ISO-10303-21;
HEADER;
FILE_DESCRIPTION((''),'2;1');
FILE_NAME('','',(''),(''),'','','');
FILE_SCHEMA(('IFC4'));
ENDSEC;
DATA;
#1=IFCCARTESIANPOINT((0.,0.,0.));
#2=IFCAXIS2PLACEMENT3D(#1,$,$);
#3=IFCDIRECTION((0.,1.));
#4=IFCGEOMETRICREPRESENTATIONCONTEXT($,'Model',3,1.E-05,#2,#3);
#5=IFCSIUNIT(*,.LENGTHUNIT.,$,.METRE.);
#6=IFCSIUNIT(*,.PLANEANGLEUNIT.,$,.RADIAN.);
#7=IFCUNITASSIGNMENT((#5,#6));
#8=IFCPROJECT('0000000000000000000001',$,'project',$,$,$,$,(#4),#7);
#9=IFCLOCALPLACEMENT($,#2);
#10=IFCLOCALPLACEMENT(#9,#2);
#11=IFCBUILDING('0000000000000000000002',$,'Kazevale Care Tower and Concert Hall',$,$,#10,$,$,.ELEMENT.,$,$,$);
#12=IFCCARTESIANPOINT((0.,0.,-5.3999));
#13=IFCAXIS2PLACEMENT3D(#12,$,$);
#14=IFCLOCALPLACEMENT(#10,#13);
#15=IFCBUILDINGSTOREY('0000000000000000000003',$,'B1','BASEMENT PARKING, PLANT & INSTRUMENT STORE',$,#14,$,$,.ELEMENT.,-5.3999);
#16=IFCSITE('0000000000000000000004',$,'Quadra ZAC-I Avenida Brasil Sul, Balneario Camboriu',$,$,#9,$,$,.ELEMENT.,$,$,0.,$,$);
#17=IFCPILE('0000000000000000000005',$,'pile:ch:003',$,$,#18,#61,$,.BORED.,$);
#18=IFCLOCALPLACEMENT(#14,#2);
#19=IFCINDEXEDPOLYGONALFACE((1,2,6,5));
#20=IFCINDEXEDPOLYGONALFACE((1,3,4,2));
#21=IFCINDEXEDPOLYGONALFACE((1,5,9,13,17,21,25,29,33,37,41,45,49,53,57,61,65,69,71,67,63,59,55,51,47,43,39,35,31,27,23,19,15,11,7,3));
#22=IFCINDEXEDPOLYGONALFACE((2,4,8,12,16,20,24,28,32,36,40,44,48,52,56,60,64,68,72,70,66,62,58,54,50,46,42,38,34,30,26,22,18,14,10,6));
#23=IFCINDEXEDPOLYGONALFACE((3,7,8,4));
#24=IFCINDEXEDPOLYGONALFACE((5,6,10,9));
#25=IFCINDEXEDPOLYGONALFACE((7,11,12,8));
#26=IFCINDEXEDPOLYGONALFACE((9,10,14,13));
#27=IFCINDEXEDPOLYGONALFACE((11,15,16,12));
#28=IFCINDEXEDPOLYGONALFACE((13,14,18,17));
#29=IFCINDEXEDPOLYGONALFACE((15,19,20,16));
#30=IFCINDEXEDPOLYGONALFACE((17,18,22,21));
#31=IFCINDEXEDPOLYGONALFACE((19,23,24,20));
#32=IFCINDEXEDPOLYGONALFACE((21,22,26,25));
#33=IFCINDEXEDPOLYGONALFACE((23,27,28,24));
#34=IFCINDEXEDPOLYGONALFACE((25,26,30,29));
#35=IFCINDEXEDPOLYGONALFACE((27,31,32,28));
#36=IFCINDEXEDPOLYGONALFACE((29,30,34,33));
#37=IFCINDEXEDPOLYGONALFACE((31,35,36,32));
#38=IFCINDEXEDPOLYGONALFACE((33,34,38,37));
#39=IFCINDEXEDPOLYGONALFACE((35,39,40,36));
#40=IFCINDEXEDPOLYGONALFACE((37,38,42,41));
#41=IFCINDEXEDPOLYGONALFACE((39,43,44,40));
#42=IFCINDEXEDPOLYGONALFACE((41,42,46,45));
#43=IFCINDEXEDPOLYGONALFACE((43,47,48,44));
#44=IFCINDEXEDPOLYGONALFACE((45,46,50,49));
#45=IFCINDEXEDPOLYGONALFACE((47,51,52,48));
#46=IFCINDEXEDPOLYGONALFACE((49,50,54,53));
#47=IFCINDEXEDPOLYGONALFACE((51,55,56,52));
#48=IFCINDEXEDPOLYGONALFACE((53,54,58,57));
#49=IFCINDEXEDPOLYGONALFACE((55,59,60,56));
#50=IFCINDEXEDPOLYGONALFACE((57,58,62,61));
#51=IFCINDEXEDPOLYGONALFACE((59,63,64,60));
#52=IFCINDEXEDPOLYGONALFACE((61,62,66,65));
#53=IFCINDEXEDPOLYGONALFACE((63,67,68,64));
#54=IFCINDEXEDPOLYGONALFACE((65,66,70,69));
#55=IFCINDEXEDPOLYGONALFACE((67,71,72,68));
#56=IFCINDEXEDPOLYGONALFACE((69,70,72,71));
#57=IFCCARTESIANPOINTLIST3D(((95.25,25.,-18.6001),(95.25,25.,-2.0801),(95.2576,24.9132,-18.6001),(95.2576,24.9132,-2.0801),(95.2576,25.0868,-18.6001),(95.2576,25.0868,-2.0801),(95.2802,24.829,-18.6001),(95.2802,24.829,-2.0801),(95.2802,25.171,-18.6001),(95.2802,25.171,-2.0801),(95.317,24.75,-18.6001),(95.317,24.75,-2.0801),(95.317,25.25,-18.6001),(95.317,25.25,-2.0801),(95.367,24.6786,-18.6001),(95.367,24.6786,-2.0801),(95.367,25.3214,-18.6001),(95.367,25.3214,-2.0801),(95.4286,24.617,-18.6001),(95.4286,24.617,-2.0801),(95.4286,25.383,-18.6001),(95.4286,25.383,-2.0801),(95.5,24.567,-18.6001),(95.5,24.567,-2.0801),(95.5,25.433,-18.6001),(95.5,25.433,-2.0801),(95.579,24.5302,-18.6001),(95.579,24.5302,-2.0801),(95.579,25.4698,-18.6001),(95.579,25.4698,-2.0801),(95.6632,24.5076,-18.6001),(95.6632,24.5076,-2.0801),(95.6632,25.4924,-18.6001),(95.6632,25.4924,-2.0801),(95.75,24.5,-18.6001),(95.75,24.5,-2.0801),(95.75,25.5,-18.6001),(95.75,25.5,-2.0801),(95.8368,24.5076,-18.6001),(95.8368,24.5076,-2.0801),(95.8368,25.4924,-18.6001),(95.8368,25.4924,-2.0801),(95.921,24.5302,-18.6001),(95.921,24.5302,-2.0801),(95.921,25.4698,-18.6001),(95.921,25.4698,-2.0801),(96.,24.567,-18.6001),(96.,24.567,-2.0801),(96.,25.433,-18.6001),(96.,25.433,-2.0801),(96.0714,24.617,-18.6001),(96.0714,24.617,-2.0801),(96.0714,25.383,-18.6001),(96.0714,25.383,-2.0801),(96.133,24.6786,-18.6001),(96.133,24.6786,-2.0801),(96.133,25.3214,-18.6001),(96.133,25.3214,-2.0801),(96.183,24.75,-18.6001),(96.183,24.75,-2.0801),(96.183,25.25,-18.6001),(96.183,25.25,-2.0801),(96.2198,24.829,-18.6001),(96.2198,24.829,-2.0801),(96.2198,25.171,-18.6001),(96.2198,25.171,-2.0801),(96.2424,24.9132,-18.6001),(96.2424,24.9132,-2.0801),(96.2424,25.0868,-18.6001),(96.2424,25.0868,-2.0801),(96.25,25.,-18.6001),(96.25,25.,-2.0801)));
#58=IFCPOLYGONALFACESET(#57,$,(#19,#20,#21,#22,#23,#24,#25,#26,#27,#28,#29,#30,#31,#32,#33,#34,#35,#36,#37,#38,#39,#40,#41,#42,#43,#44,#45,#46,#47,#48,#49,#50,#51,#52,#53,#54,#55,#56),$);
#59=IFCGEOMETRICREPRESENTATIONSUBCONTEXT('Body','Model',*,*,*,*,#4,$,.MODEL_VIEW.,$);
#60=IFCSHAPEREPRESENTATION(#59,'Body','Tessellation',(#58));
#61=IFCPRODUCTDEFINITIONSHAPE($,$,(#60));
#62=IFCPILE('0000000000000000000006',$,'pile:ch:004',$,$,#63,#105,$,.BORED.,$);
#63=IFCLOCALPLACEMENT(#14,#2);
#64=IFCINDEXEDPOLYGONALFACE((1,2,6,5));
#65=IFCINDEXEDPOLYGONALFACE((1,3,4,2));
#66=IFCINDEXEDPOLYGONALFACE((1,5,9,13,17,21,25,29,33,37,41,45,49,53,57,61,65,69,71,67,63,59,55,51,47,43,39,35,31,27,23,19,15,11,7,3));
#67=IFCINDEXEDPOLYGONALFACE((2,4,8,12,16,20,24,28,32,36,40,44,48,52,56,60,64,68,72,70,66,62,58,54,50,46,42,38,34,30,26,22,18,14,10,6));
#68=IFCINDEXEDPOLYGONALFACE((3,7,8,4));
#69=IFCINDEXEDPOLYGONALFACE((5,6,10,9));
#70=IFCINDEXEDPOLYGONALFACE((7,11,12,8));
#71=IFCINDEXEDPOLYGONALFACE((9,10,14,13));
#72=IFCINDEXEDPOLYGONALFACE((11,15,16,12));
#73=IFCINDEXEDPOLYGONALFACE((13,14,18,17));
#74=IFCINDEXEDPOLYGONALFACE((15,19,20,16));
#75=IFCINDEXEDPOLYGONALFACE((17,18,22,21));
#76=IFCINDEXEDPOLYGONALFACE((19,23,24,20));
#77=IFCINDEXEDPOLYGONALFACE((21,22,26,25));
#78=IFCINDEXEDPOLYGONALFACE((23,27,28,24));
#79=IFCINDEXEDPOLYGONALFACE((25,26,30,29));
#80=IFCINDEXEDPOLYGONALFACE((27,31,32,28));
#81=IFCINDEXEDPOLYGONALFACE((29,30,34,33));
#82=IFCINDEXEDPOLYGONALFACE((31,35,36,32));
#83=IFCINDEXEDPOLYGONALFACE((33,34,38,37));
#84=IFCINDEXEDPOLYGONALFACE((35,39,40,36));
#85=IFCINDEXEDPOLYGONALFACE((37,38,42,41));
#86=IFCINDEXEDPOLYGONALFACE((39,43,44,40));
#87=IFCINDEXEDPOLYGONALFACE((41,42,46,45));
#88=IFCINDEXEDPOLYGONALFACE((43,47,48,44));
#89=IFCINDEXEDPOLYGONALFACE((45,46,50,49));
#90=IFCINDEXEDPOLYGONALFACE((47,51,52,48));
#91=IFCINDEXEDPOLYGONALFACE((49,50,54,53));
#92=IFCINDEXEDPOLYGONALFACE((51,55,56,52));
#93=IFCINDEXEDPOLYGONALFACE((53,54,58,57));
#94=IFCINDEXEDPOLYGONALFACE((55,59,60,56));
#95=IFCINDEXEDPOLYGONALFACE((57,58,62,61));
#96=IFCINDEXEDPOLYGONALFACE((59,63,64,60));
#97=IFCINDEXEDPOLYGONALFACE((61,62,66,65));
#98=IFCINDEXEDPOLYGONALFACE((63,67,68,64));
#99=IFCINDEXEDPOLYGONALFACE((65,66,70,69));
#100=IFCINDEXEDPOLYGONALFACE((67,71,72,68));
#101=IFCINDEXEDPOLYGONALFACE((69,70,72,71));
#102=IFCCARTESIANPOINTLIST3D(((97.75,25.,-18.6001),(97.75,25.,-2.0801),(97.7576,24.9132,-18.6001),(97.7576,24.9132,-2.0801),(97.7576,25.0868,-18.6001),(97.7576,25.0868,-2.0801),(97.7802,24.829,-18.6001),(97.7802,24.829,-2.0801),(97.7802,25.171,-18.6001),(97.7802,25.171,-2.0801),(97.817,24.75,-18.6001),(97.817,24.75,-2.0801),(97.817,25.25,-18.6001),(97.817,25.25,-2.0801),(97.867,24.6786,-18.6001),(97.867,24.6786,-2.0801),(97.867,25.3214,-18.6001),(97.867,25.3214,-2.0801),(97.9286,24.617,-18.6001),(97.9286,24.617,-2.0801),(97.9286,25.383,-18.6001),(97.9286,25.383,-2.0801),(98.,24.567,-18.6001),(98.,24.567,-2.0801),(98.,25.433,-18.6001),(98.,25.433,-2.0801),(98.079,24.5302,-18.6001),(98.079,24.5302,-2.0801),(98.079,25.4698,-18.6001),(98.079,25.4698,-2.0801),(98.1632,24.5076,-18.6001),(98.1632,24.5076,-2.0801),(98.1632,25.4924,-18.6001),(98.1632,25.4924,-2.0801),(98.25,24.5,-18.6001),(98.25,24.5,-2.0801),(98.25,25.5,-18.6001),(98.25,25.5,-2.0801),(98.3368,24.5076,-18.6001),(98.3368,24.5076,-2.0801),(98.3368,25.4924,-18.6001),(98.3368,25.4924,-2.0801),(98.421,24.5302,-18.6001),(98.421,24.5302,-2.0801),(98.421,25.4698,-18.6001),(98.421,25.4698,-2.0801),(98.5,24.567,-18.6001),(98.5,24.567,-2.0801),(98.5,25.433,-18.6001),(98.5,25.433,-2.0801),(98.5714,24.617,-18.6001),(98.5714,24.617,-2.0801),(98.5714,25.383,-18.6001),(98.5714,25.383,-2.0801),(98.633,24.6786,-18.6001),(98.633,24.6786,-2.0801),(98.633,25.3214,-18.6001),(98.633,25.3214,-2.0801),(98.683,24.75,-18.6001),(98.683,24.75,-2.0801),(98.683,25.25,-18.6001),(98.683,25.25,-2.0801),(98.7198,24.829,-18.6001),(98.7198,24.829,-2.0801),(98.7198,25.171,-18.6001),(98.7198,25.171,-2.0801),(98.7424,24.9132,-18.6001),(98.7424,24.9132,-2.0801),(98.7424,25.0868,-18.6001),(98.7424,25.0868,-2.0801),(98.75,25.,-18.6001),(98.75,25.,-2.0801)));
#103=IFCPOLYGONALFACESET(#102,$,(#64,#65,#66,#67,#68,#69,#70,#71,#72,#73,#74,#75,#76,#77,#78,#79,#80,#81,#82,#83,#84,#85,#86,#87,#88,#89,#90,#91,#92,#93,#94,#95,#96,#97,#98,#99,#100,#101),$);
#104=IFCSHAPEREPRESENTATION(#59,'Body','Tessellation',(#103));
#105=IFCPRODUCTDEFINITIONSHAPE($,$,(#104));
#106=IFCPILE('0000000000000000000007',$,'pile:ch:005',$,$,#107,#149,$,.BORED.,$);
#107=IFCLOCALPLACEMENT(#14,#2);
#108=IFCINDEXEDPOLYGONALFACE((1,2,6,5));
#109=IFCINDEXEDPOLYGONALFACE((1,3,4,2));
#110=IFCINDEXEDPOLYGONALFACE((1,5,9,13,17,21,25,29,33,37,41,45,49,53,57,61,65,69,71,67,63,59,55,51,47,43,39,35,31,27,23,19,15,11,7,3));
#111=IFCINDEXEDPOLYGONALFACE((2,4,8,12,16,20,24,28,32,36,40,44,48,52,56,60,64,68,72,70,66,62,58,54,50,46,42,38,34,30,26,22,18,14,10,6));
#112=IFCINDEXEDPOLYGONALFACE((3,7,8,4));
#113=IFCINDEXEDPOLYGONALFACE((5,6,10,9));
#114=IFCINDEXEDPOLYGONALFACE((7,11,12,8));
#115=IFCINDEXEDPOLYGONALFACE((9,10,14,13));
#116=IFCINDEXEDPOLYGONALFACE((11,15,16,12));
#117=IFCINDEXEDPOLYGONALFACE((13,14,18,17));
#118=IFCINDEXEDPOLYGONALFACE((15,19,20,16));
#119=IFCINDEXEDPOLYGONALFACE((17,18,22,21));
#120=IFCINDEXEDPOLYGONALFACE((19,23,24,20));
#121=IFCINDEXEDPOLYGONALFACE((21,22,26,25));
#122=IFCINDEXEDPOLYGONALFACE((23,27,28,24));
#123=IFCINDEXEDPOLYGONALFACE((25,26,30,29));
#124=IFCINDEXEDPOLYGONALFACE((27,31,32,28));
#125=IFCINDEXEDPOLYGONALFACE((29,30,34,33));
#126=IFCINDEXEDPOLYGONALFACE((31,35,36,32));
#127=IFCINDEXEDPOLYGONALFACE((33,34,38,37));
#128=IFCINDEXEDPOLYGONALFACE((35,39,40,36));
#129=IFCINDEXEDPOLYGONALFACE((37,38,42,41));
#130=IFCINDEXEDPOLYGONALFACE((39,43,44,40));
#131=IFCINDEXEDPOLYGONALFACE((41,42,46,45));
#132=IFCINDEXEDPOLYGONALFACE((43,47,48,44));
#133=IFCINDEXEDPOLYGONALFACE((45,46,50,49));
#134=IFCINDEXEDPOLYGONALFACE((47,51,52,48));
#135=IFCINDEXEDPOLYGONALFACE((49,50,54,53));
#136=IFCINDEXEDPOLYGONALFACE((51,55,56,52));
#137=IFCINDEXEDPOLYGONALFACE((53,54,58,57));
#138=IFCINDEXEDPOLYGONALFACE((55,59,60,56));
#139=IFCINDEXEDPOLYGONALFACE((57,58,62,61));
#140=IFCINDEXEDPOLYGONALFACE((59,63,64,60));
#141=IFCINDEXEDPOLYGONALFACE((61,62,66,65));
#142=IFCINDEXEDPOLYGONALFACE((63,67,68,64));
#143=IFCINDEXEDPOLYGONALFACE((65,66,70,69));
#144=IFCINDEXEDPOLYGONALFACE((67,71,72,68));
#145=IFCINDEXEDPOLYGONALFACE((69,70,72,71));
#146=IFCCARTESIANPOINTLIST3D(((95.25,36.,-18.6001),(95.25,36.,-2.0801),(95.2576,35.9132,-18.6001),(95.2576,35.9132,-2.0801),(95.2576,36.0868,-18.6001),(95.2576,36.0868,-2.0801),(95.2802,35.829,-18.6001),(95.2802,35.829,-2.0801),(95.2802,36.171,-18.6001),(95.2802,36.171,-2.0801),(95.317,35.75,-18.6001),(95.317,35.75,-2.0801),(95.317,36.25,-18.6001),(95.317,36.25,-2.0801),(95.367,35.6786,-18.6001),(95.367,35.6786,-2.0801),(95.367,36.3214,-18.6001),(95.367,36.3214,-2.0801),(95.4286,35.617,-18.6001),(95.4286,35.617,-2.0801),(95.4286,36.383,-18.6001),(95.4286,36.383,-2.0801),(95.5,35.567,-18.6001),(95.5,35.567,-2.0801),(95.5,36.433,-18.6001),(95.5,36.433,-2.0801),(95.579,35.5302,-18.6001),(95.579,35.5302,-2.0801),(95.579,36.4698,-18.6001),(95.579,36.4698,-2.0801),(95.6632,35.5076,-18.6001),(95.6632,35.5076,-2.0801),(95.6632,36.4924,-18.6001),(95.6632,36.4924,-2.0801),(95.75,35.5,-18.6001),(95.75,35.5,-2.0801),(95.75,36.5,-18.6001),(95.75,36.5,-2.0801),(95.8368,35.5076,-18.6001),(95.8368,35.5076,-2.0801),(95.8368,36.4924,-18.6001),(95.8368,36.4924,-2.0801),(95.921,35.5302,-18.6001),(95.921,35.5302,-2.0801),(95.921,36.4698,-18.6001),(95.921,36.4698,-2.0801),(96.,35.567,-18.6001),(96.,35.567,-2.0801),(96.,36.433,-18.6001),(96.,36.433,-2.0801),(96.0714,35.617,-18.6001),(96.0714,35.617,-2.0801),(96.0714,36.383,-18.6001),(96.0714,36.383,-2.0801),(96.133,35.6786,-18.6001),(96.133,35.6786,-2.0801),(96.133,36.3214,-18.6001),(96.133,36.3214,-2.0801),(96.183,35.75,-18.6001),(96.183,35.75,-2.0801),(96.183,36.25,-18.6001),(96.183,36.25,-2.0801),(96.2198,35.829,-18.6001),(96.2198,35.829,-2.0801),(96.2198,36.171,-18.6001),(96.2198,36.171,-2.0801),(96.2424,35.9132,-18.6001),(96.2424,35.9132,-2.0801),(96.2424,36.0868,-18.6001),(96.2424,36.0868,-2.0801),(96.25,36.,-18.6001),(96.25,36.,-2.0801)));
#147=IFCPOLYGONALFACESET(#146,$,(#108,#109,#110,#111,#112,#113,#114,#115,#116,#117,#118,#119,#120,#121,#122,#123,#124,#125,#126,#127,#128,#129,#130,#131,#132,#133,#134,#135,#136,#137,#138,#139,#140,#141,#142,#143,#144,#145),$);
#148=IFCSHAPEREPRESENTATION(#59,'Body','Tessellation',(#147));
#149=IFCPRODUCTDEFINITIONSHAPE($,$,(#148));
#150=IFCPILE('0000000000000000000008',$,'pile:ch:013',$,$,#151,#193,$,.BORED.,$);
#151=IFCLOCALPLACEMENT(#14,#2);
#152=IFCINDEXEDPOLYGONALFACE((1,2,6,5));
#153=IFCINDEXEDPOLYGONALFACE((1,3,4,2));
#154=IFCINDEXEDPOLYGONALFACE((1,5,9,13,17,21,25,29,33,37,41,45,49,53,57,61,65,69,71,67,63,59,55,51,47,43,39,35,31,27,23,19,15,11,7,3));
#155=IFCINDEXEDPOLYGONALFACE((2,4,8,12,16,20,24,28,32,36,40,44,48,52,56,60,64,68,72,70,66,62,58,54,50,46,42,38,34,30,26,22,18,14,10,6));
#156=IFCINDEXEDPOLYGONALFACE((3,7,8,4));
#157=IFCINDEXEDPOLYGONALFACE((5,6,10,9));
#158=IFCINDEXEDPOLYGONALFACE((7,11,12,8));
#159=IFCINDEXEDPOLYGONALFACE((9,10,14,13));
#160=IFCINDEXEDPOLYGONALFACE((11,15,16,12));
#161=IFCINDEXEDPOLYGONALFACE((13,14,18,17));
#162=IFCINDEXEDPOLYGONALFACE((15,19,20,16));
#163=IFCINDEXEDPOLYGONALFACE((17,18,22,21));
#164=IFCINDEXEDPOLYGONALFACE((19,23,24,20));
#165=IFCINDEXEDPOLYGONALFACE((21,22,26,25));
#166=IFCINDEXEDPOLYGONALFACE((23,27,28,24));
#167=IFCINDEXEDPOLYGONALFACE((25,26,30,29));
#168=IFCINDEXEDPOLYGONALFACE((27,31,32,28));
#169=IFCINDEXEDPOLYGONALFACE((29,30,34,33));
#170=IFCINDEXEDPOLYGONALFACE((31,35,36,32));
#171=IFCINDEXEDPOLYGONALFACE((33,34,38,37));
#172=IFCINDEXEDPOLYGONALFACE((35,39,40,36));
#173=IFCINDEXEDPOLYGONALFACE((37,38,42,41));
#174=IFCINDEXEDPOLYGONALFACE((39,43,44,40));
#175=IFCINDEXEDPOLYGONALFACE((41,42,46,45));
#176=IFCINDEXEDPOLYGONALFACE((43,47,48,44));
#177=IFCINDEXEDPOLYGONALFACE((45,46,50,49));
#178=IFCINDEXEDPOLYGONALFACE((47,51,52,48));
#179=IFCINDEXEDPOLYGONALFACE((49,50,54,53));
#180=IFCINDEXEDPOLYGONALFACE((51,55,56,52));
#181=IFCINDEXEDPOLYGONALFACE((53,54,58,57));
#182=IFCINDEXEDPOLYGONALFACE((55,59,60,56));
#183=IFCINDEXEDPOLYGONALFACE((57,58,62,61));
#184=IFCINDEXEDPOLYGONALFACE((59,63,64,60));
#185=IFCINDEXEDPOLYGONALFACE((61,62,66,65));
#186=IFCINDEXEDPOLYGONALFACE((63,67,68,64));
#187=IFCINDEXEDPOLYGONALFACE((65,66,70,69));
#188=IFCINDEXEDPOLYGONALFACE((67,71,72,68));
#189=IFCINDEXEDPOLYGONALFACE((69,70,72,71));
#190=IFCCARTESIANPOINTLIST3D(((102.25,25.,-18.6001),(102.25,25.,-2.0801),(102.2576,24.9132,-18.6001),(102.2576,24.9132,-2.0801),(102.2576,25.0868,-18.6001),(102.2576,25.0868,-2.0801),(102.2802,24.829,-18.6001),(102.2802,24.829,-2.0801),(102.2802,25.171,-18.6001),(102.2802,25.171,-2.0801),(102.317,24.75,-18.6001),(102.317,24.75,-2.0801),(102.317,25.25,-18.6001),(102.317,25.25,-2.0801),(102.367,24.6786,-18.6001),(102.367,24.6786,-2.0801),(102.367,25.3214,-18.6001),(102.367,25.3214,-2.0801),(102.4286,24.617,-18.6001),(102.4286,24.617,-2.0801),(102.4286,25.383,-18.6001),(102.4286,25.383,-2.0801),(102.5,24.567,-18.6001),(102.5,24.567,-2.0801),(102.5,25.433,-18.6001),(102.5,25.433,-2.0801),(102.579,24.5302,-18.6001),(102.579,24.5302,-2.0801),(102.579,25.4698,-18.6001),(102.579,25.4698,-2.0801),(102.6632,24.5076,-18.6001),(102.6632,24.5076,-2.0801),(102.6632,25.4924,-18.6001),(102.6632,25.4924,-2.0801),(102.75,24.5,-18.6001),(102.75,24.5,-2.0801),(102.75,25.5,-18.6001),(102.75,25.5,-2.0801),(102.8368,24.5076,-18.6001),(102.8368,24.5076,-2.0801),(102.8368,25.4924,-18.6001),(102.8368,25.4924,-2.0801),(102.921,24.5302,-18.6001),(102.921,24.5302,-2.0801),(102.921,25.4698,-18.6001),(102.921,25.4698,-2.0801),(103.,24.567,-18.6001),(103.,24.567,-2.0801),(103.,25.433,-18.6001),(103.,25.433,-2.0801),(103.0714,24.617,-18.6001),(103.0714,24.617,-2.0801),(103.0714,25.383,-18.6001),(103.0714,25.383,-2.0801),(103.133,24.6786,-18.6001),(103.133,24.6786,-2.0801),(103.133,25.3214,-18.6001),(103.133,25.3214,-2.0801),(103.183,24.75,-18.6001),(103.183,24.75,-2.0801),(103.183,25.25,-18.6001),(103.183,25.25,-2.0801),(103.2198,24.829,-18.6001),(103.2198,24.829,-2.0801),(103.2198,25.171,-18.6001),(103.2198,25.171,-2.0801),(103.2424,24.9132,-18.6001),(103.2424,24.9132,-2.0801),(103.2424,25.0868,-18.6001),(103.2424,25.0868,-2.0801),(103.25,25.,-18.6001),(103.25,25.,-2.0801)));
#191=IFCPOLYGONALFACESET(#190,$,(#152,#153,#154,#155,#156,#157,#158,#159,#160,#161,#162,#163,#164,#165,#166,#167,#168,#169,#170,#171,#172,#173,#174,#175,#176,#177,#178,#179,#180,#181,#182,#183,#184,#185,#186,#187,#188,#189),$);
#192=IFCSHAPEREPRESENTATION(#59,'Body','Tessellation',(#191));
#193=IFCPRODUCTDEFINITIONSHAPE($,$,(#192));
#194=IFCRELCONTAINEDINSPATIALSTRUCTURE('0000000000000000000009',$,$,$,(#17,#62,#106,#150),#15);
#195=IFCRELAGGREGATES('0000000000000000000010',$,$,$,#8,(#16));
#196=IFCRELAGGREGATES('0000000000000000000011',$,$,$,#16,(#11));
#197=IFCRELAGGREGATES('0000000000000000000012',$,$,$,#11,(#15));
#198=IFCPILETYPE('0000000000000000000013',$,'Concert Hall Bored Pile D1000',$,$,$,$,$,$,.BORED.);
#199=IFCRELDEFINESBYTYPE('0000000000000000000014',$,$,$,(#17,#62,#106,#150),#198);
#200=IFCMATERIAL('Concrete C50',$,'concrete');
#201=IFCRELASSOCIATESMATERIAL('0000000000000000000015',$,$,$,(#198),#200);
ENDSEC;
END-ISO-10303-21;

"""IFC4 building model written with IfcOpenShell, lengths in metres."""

from ifc_helpers import new_model, si_unit, direction, frame, origin, origin_2d, place, context, subcontext, project, spatial, circle, extrude, material, material_profile, profile_set, type_object, element, save


model = new_model("IFC4")

# Units and contexts
model_context = context("Model", 3, precision=1e-05, world=origin(), true_north=direction((0.0, 1.0)))
body_context = subcontext(model_context, "Body", "Model", "MODEL_VIEW")
ifc_project = project(units=[si_unit("LENGTHUNIT", "METRE"), si_unit("PLANEANGLEUNIT", "RADIAN")], contexts=[model_context])

# Site, building, storey
site_placement = place(None, origin())
site = spatial("IfcSite", under=ifc_project, at=site_placement, Name="Quadra ZAC-I Avenida Brasil Sul, Balneario Camboriu", CompositionType="ELEMENT", RefElevation=0.0)
building_placement = place(site_placement, origin())
building = spatial("IfcBuilding", under=site, at=building_placement, Name="Kazevale Care Tower and Concert Hall", CompositionType="ELEMENT")
storey_placement = place(building_placement, frame((0.0, 0.0, -5.3999)))
storey = spatial("IfcBuildingStorey", under=building, at=storey_placement, Name="B1", Description="BASEMENT PARKING, PLANT & INSTRUMENT STORE", CompositionType="ELEMENT", Elevation=-5.3999)

# Piles
ifc_material_1 = material(Name="Concrete C50", Category="concrete")
ifc_material_profile_1 = material_profile(ifc_material_1, circle(Radius=0.5, at=origin_2d()), Name="PILE-D1000")
ifc_profile_set_1 = profile_set([ifc_material_profile_1], Name="Concrete C50")
pile_type = type_object("IfcPileType", Name="Concert Hall Bored Pile D1000", PredefinedType="BORED", material=ifc_profile_set_1)
for number, where, z_axis, x_axis, name in (
    (1, (95.75, 25.0, -2.0801), (0.0, 0.0, -1.0), (1.0, 0.0, 0.0), "pile:ch:003"),
    (2, (98.25, 25.0, -2.0801), (0.0, 0.0, -1.0), (1.0, 0.0, 0.0), "pile:ch:004"),
    (3, (95.75, 36.0, -2.0801), (0.0, 0.0, -1.0), (1.0, 0.0, 0.0), "pile:ch:005"),
    (4, (102.75, 25.0, -2.0801), (0.0, 0.0, -1.0), (1.0, 0.0, 0.0), "pile:ch:013"),
):
    element("IfcPile", number, at=place(storey_placement, frame(where, z_axis=z_axis, x_axis=x_axis)), inside=storey, type_object=pile_type, Name=name, PredefinedType="BORED", context=body_context, shape_type="SweptSolid", body=[
        extrude(circle(Radius=0.5, at=origin_2d()), origin(), (0.0, 0.0, 1.0), 16.52),
    ])

save(model, "model.ifc")
